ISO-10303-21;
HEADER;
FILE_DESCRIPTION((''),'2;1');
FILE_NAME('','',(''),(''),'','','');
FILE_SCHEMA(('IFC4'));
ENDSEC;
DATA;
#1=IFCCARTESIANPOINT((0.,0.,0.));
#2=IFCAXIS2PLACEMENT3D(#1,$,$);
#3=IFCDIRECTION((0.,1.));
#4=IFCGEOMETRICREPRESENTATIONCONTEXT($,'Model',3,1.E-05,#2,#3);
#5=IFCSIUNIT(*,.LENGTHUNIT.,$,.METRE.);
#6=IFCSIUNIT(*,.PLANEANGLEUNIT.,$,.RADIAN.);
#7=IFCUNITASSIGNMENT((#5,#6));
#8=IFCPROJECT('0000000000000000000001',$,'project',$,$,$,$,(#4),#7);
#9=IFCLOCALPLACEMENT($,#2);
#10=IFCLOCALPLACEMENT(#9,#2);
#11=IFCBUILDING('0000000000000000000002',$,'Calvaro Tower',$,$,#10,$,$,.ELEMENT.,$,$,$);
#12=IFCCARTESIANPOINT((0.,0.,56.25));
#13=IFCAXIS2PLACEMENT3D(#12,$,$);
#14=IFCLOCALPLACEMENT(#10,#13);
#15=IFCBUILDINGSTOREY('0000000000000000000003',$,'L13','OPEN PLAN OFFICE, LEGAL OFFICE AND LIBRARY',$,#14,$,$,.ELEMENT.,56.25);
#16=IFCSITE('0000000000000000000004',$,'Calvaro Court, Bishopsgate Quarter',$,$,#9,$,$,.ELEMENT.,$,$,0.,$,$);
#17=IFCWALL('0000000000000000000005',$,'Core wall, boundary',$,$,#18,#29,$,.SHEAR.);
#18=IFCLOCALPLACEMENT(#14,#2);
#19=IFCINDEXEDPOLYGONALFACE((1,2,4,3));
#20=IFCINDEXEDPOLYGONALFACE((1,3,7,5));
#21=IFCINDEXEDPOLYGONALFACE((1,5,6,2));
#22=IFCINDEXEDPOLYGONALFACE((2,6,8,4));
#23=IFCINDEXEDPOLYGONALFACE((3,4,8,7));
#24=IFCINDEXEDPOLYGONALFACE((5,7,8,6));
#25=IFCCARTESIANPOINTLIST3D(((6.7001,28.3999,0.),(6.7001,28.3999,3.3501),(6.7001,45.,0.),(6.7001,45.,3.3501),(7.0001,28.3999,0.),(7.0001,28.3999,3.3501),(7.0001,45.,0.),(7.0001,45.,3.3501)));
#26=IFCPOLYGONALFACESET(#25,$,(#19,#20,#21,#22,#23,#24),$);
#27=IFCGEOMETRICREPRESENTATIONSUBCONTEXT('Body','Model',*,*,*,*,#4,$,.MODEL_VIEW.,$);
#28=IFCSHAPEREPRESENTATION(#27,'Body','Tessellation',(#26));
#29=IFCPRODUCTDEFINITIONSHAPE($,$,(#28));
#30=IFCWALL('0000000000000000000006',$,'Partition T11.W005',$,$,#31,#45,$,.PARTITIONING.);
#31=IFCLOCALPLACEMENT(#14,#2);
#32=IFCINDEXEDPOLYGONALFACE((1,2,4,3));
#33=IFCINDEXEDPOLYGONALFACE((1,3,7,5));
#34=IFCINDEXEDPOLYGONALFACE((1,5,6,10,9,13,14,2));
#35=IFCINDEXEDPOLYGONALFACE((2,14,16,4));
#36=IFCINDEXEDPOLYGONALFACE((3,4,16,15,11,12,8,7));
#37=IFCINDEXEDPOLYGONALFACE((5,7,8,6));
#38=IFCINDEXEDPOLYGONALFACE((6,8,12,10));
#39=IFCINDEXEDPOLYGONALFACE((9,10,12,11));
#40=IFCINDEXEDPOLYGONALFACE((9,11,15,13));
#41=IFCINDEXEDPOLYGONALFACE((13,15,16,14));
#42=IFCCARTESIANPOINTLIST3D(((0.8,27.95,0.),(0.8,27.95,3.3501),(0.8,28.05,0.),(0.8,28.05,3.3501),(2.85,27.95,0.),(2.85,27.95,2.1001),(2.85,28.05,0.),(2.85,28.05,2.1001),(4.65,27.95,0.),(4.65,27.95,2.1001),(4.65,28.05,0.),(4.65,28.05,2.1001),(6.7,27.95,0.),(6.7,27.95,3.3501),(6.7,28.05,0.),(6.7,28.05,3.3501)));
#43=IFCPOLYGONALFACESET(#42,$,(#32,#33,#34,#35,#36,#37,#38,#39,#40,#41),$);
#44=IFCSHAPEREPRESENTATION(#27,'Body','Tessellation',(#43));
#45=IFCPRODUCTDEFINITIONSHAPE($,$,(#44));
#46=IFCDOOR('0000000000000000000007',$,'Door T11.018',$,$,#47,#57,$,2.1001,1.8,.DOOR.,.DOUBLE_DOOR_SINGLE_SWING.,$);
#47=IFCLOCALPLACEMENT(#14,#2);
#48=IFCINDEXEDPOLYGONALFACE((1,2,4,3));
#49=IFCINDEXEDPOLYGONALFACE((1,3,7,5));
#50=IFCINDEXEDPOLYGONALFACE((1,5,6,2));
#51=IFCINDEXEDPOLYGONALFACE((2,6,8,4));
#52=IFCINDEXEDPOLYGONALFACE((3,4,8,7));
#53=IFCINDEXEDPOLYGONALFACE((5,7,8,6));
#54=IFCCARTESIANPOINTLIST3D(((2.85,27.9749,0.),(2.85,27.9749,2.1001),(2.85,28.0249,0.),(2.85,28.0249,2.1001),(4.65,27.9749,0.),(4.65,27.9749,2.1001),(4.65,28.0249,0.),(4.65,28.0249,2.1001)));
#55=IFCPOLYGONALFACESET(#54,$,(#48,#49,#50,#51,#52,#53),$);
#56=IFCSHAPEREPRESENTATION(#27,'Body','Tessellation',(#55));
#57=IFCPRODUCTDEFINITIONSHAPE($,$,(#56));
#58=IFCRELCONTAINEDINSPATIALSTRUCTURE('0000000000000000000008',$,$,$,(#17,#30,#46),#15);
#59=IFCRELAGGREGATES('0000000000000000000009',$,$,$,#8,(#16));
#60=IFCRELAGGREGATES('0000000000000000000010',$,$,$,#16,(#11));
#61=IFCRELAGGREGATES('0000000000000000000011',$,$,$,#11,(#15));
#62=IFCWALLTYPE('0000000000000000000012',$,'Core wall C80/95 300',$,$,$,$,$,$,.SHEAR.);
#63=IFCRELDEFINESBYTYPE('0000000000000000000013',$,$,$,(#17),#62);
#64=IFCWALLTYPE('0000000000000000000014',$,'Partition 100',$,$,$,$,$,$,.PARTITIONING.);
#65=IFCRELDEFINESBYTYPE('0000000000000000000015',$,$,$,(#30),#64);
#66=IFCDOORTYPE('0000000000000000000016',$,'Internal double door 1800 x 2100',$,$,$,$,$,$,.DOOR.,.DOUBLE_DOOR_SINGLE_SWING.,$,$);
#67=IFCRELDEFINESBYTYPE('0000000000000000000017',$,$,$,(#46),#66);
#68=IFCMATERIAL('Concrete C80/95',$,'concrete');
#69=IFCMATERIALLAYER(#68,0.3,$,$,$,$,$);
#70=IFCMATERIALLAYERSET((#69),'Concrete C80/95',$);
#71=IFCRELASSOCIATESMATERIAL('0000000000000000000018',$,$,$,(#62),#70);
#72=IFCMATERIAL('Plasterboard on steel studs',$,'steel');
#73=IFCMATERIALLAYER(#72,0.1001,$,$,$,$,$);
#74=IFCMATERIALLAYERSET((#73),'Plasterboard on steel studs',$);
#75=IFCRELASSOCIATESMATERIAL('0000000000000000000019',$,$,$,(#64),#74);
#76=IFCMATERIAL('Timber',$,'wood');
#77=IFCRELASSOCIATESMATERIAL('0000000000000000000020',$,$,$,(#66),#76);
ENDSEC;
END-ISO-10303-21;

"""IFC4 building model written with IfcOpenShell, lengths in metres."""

from ifc_helpers import new_model, si_unit, direction, frame, frame_2d, origin, place, context, subcontext, project, spatial, rectangle, extrude, material, layer, layer_set, type_object, element, fill, save


model = new_model("IFC4")

# Units and contexts
model_context = context("Model", 3, precision=1e-05, world=origin(), true_north=direction((0.0, 1.0)))
body_context = subcontext(model_context, "Body", "Model", "MODEL_VIEW")
ifc_project = project(units=[si_unit("LENGTHUNIT", "METRE"), si_unit("PLANEANGLEUNIT", "RADIAN")], contexts=[model_context])

# Site, building, storey
site_placement = place(None, origin())
site = spatial("IfcSite", under=ifc_project, at=site_placement, Name="Calvaro Court, Bishopsgate Quarter", CompositionType="ELEMENT", RefElevation=0.0)
building_placement = place(site_placement, origin())
building = spatial("IfcBuilding", under=site, at=building_placement, Name="Calvaro Tower", CompositionType="ELEMENT")
storey_placement = place(building_placement, frame((0.0, 0.0, 56.25)))
storey = spatial("IfcBuildingStorey", under=building, at=storey_placement, Name="L13", Description="OPEN PLAN OFFICE, LEGAL OFFICE AND LIBRARY", CompositionType="ELEMENT", Elevation=56.25)

# Wall
ifc_material_1 = material(Name="Concrete C80/95", Category="concrete")
ifc_layer_1 = layer(ifc_material_1, 0.3)
ifc_layer_set_1 = layer_set([ifc_layer_1], Name="Concrete C80/95")
wall_type_1 = type_object("IfcWallType", Name="Core wall C80/95 300", PredefinedType="SHEAR", material=ifc_layer_set_1)
wall_1_placement = place(storey_placement, frame((6.8501, 28.3999, 0.0), z_axis=(0.0, 0.0, 1.0), x_axis=(0.0, 1.0, 0.0)))
element("IfcWall", 1, at=wall_1_placement, inside=storey, type_object=wall_type_1, Name="Core wall, boundary", PredefinedType="SHEAR", context=body_context, shape_type="SweptSolid", body=[
    extrude(rectangle(XDim=16.6001, YDim=0.3, at=frame_2d((8.3, 0.0))), origin(), (0.0, 0.0, 1.0), 3.3501),
])

# Wall, opening, door
ifc_material_2 = material(Name="Plasterboard on steel studs", Category="steel")
ifc_layer_2 = layer(ifc_material_2, 0.1001)
ifc_layer_set_2 = layer_set([ifc_layer_2], Name="Plasterboard on steel studs")
wall_type_2 = type_object("IfcWallType", Name="Partition 100", PredefinedType="PARTITIONING", material=ifc_layer_set_2)
wall_2_placement = place(storey_placement, frame((0.8, 28.0, 0.0), z_axis=(0.0, 0.0, 1.0), x_axis=(1.0, 0.0, 0.0)))
wall_2 = element("IfcWall", 2, at=wall_2_placement, inside=storey, type_object=wall_type_2, Name="Partition T11.W005", PredefinedType="PARTITIONING", context=body_context, shape_type="SweptSolid", body=[
    extrude(rectangle(XDim=5.8999, YDim=0.1001, at=frame_2d((2.95, 0.0))), origin(), (0.0, 0.0, 1.0), 3.3501),
])
opening_1_placement = place(wall_2_placement, frame((2.05, 0.0, 0.0)))
opening_1 = element("IfcOpeningElement", 3, at=opening_1_placement, cuts=wall_2, PredefinedType="OPENING", context=body_context, shape_type="SweptSolid", body=[
    extrude(rectangle(XDim=1.8, YDim=2.1001, at=frame_2d((0.8999, 1.05))), frame((0.0, 0.0601, 0.0), z_axis=(0.0, -1.0, 0.0), x_axis=(1.0, 0.0, 0.0)), (0.0, 0.0, 1.0), 0.1201),
])
ifc_material_3 = material(Name="Timber", Category="wood")
door_type_1 = type_object("IfcDoorType", Name="Internal double door 1800 x 2100", OperationType="DOUBLE_DOOR_SINGLE_SWING", PredefinedType="DOOR", material=ifc_material_3)
door_1_placement = place(opening_1_placement, origin())
door_1 = element("IfcDoor", 4, at=door_1_placement, inside=storey, type_object=door_type_1, Name="Door T11.018", OperationType="DOUBLE_DOOR_SINGLE_SWING", OverallHeight=2.1001, OverallWidth=1.8, PredefinedType="DOOR", context=body_context, shape_type="SweptSolid", body=[
    extrude(rectangle(XDim=1.8, YDim=2.1001, at=frame_2d((0.8999, 1.05))), frame((0.0, 0.0249, 0.0), z_axis=(0.0, -1.0, 0.0), x_axis=(1.0, 0.0, 0.0)), (0.0, 0.0, 1.0), 0.05),
])
fill(opening_1, door_1)

save(model, "model.ifc")
